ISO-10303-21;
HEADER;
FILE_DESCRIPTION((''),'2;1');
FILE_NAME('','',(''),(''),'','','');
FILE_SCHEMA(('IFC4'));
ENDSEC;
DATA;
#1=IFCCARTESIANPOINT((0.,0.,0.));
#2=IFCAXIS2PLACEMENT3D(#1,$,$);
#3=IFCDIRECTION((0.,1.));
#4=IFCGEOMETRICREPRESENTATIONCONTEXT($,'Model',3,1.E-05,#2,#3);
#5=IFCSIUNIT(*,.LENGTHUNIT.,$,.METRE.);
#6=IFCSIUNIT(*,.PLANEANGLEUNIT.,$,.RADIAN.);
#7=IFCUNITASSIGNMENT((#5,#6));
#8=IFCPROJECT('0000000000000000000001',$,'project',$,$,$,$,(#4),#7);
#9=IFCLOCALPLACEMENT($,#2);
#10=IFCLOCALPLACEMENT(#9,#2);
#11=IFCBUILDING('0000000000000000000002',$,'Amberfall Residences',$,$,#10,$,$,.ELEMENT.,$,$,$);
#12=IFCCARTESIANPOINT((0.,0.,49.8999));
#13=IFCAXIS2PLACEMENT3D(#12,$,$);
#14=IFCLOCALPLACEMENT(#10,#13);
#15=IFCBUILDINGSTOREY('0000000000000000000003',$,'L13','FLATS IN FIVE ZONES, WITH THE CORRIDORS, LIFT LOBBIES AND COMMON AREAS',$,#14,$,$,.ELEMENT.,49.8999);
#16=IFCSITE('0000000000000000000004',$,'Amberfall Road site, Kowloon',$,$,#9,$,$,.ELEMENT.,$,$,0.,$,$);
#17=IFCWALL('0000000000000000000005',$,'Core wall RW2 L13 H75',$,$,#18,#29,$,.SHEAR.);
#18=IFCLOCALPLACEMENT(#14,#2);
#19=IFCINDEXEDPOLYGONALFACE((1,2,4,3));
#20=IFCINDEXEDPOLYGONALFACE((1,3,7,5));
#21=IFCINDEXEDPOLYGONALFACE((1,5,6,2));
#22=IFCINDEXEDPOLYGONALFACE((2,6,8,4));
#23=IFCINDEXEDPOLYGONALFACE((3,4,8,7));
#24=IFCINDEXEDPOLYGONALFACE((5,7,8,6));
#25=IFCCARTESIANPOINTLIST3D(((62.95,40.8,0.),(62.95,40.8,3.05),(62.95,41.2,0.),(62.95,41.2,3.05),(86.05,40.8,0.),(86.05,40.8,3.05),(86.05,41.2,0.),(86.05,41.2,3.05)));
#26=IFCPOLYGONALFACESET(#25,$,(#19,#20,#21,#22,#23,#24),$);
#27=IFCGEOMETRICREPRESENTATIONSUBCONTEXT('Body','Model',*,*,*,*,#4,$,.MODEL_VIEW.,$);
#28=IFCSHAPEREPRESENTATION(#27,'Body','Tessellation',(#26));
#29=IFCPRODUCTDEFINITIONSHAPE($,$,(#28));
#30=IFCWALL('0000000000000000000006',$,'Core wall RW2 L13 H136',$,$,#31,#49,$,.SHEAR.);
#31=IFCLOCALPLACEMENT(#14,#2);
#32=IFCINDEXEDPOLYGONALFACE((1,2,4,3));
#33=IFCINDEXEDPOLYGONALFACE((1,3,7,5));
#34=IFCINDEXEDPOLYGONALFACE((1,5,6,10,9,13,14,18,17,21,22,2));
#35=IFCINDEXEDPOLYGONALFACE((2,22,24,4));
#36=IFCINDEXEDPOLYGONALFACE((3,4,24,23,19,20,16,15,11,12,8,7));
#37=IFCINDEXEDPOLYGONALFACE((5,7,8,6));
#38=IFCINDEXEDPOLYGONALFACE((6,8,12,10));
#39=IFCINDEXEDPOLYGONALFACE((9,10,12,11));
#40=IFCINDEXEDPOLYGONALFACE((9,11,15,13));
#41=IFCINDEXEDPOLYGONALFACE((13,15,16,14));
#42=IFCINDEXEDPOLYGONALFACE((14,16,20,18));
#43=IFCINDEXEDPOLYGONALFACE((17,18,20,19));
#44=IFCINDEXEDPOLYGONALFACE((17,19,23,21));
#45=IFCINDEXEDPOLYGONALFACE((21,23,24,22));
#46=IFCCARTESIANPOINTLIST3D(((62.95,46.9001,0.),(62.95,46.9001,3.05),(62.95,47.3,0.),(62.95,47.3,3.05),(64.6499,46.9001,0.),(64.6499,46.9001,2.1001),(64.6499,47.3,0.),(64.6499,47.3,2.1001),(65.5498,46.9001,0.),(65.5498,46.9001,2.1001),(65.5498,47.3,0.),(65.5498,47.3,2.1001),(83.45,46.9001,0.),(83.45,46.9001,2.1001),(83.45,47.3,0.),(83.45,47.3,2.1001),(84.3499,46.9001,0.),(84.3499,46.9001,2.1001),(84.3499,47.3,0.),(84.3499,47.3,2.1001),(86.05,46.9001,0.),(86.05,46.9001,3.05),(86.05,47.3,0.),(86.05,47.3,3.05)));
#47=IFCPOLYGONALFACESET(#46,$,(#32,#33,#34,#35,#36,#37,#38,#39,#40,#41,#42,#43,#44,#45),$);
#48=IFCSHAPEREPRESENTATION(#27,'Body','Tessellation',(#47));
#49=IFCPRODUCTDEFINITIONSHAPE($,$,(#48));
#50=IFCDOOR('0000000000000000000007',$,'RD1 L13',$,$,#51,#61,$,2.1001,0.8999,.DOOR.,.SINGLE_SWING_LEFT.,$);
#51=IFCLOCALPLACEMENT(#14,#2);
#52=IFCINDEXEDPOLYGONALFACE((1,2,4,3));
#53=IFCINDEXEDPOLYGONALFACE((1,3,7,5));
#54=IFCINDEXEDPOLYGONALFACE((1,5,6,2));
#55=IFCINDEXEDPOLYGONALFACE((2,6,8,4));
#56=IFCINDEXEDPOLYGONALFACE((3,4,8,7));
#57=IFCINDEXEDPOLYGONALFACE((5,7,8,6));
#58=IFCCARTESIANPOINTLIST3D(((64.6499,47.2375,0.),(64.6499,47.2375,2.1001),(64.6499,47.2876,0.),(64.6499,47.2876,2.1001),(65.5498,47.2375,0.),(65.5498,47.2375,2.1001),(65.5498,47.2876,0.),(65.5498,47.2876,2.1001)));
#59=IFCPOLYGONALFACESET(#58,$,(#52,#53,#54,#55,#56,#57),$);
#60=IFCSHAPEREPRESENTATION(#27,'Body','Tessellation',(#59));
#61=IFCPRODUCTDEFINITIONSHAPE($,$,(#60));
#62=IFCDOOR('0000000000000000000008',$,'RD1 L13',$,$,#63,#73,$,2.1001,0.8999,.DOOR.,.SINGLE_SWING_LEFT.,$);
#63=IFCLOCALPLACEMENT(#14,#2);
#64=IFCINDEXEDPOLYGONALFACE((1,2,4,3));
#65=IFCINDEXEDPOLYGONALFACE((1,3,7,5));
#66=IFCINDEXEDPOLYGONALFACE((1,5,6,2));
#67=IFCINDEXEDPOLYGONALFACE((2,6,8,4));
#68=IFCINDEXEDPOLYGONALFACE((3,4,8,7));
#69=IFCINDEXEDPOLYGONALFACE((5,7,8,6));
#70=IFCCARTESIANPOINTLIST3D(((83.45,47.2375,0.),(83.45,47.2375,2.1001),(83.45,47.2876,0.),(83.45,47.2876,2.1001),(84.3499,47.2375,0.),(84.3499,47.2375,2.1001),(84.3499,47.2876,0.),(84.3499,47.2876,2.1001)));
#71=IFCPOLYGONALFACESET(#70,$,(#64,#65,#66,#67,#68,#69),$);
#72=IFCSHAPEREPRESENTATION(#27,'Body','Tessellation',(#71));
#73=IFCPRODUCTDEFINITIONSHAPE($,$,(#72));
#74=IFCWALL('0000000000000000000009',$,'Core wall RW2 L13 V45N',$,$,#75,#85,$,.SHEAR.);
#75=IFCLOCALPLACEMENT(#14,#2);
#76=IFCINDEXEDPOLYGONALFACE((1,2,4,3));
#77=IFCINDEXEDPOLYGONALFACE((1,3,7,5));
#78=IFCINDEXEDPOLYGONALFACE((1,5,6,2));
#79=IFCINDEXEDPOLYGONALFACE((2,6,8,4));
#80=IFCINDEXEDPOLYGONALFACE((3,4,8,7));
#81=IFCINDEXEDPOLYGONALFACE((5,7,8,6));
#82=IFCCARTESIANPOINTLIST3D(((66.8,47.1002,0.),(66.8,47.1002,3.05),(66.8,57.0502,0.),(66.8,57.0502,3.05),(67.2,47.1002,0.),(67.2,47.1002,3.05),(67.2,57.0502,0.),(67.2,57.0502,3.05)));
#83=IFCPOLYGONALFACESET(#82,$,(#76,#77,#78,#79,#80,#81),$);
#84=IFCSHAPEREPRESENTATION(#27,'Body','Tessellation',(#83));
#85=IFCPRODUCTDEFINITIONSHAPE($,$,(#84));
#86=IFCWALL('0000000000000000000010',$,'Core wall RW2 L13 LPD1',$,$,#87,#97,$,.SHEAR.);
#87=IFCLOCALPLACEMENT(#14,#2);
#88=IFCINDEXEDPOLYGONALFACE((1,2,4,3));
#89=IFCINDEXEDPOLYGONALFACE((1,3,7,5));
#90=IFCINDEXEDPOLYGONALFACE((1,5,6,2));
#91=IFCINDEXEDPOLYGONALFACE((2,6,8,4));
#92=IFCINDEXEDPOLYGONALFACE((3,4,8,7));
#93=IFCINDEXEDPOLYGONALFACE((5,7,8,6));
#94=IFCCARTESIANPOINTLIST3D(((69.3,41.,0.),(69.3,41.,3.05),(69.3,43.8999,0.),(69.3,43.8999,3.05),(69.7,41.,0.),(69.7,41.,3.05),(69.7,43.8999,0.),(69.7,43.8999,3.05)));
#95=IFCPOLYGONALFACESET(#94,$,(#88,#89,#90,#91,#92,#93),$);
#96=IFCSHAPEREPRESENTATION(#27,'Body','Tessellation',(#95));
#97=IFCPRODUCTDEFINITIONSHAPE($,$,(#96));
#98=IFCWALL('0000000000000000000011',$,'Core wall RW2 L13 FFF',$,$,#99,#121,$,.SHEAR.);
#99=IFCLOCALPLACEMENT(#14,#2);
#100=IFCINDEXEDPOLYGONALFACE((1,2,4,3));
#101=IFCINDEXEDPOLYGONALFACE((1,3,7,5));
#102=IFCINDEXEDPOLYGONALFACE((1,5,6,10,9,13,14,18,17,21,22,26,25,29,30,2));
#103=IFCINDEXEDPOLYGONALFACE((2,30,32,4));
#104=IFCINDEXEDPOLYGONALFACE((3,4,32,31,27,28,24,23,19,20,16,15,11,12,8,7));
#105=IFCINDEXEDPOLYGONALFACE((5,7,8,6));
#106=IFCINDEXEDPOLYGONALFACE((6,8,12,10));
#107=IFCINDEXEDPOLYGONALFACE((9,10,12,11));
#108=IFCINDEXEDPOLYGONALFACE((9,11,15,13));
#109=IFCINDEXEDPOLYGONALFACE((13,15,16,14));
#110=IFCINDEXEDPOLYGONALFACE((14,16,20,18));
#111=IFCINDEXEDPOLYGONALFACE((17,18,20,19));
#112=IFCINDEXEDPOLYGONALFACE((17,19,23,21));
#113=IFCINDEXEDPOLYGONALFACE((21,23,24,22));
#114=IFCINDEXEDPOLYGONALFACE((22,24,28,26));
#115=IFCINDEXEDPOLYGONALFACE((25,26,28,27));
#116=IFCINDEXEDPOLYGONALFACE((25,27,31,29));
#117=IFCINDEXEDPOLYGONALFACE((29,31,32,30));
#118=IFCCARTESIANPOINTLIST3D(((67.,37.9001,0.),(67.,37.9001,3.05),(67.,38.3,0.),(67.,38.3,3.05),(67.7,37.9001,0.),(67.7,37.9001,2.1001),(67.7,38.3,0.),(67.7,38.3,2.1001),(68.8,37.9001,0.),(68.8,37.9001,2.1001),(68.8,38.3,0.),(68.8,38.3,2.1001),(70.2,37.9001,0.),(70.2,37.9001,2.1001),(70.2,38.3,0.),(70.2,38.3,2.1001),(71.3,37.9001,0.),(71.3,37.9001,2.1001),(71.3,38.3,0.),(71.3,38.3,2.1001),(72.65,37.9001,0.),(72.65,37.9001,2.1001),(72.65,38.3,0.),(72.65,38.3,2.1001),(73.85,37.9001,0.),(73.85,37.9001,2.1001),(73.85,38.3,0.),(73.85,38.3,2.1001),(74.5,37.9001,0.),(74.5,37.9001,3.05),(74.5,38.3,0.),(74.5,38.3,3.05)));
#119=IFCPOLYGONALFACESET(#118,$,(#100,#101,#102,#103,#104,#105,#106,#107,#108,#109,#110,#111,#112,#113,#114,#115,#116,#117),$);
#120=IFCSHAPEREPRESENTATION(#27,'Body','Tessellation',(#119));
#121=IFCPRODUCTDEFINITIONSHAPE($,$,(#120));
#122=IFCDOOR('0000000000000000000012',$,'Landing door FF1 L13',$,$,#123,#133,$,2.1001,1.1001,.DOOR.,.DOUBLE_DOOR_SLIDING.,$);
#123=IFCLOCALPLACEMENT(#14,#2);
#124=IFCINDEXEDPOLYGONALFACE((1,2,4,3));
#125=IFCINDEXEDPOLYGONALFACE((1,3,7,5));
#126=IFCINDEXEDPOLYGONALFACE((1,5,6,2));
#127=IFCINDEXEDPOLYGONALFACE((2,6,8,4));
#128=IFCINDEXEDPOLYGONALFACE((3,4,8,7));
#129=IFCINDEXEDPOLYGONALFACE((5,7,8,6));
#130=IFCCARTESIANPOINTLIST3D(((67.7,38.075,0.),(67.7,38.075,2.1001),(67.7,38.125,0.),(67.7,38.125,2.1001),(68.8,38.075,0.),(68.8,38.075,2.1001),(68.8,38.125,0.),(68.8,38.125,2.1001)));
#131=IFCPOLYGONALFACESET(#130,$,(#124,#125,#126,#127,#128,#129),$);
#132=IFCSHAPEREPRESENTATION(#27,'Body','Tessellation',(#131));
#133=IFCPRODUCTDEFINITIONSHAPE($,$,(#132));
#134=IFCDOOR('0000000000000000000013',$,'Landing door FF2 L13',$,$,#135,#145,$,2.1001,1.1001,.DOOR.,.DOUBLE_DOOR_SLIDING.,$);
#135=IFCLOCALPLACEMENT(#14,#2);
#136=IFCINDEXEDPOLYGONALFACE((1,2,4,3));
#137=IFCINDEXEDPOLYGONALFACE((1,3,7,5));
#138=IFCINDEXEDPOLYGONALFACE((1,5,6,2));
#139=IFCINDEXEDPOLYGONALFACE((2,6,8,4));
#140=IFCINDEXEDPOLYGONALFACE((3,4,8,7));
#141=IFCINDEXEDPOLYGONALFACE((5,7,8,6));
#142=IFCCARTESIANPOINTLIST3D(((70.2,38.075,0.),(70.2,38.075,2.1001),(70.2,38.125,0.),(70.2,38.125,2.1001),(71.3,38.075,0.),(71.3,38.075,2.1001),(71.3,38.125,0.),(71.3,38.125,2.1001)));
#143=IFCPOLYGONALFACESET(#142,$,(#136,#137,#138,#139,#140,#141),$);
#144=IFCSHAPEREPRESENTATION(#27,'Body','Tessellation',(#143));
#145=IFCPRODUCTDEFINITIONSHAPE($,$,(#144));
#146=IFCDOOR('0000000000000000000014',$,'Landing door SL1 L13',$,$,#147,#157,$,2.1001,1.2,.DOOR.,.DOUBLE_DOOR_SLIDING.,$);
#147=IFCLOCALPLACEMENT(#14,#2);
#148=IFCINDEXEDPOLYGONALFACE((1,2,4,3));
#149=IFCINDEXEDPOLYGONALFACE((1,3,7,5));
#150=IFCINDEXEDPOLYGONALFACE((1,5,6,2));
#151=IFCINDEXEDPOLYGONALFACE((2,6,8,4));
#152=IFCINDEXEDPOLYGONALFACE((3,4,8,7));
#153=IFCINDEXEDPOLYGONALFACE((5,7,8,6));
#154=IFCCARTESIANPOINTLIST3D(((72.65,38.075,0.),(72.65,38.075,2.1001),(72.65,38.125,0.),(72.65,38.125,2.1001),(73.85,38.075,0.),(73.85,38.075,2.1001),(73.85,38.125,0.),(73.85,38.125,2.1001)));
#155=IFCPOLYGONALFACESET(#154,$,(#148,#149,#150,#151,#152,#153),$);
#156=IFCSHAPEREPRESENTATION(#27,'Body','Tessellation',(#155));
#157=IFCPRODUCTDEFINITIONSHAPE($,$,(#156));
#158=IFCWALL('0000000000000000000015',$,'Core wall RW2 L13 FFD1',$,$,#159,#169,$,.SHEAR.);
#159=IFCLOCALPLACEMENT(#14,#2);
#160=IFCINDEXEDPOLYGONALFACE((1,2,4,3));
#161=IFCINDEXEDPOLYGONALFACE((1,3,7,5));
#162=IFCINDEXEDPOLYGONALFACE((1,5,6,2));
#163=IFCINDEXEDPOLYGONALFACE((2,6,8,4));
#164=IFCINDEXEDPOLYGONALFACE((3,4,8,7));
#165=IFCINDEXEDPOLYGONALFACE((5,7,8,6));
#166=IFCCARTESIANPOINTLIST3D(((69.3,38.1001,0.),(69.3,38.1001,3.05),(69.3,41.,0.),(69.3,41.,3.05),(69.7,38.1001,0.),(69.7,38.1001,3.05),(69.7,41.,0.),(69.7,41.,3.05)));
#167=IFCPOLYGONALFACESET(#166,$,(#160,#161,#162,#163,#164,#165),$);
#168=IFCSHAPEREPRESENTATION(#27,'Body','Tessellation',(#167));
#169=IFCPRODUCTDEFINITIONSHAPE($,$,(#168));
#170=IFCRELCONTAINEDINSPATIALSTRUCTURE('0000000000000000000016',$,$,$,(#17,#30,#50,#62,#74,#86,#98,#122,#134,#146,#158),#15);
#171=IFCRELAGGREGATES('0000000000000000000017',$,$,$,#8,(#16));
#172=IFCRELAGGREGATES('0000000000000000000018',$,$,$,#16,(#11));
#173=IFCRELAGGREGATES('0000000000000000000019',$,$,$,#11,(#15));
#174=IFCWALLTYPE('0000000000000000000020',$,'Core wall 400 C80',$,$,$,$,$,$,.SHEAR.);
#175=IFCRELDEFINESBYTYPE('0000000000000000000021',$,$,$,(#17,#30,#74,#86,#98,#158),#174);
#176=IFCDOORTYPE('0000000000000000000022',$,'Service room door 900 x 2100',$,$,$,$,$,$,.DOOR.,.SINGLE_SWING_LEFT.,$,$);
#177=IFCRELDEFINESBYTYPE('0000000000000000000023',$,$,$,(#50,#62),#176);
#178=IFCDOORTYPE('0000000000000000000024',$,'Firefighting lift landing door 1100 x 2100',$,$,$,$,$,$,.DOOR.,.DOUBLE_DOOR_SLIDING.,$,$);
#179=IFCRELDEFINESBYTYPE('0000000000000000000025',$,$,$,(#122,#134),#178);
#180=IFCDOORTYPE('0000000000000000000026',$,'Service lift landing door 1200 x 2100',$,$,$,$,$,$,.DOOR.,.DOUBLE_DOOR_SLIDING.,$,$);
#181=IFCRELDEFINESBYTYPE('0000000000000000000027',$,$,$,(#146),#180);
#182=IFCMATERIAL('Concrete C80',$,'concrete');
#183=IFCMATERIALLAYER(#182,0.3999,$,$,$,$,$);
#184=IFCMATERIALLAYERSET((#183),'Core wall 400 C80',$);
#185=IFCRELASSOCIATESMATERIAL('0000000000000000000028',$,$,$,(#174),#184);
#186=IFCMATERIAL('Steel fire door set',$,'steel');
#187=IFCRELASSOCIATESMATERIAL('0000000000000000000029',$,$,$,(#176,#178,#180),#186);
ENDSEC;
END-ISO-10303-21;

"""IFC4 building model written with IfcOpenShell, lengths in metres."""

from ifc_helpers import new_model, si_unit, direction, frame, frame_2d, origin, place, context, subcontext, project, spatial, rectangle, extrude, material, layer, layer_set, type_object, element, fill, save


model = new_model("IFC4")

# Units and contexts
model_context = context("Model", 3, precision=1e-05, world=origin(), true_north=direction((0.0, 1.0)))
body_context = subcontext(model_context, "Body", "Model", "MODEL_VIEW")
ifc_project = project(units=[si_unit("LENGTHUNIT", "METRE"), si_unit("PLANEANGLEUNIT", "RADIAN")], contexts=[model_context])

# Site, building, storey
site_placement = place(None, origin())
site = spatial("IfcSite", under=ifc_project, at=site_placement, Name="Amberfall Road site, Kowloon", CompositionType="ELEMENT", RefElevation=0.0)
building_placement = place(site_placement, origin())
building = spatial("IfcBuilding", under=site, at=building_placement, Name="Amberfall Residences", CompositionType="ELEMENT")
storey_placement = place(building_placement, frame((0.0, 0.0, 49.8999)))
storey = spatial("IfcBuildingStorey", under=building, at=storey_placement, Name="L13", Description="FLATS IN FIVE ZONES, WITH THE CORRIDORS, LIFT LOBBIES AND COMMON AREAS", CompositionType="ELEMENT", Elevation=49.8999)

# Wall
ifc_material_1 = material(Name="Concrete C80", Category="concrete")
ifc_layer_1 = layer(ifc_material_1, 0.3999)
ifc_layer_set_1 = layer_set([ifc_layer_1], Name="Core wall 400 C80")
wall_type_1 = type_object("IfcWallType", Name="Core wall 400 C80", PredefinedType="SHEAR", material=ifc_layer_set_1)
wall_1_placement = place(storey_placement, frame((62.95, 41.0, 0.0), z_axis=(0.0, 0.0, 1.0), x_axis=(1.0, 0.0, 0.0)))
element("IfcWall", 1, at=wall_1_placement, inside=storey, type_object=wall_type_1, Name="Core wall RW2 L13 H75", PredefinedType="SHEAR", context=body_context, shape_type="SweptSolid", body=[
    extrude(rectangle(XDim=23.1001, YDim=0.3999, at=frame_2d((11.55, 0.0))), origin(), (0.0, 0.0, 1.0), 3.05),
])

# Wall, openings, doors
ifc_material_2 = material(Name="Steel fire door set", Category="steel")
door_type_1 = type_object("IfcDoorType", Name="Service room door 900 x 2100", OperationType="SINGLE_SWING_LEFT", PredefinedType="DOOR", material=ifc_material_2)
wall_2_placement = place(storey_placement, frame((62.95, 47.1001, 0.0), z_axis=(0.0, 0.0, 1.0), x_axis=(1.0, 0.0, 0.0)))
wall_2 = element("IfcWall", 2, at=wall_2_placement, inside=storey, type_object=wall_type_1, Name="Core wall RW2 L13 H136", PredefinedType="SHEAR", context=body_context, shape_type="SweptSolid", body=[
    extrude(rectangle(XDim=23.1001, YDim=0.3999, at=frame_2d((11.55, 0.0))), origin(), (0.0, 0.0, 1.0), 3.05),
])
opening_1_placement = place(wall_2_placement, frame((1.7, 0.0, 0.0)))
opening_1 = element("IfcOpeningElement", 3, at=opening_1_placement, cuts=wall_2, PredefinedType="OPENING", context=body_context, shape_type="SweptSolid", body=[
    extrude(rectangle(XDim=0.8999, YDim=2.1001, at=frame_2d((0.45, 1.05))), frame((0.0, 0.21, 0.0), z_axis=(0.0, -1.0, 0.0), x_axis=(1.0, 0.0, 0.0)), (0.0, 0.0, 1.0), 0.4199),
])
opening_2_placement = place(wall_2_placement, frame((20.5, 0.0, 0.0)))
opening_2 = element("IfcOpeningElement", 4, at=opening_2_placement, cuts=wall_2, PredefinedType="OPENING", context=body_context, shape_type="SweptSolid", body=[
    extrude(rectangle(XDim=0.8999, YDim=2.1001, at=frame_2d((0.45, 1.05))), frame((0.0, 0.21, 0.0), z_axis=(0.0, -1.0, 0.0), x_axis=(1.0, 0.0, 0.0)), (0.0, 0.0, 1.0), 0.4199),
])
door_1_placement = place(opening_1_placement, origin())
door_1 = element("IfcDoor", 5, at=door_1_placement, inside=storey, type_object=door_type_1, Name="RD1 L13", OperationType="SINGLE_SWING_LEFT", OverallHeight=2.1001, OverallWidth=0.8999, PredefinedType="DOOR", context=body_context, shape_type="SweptSolid", body=[
    extrude(rectangle(XDim=0.8999, YDim=2.1001, at=frame_2d((0.45, 1.05))), frame((0.0, 0.1875, 0.0), z_axis=(0.0, -1.0, 0.0), x_axis=(1.0, 0.0, 0.0)), (0.0, 0.0, 1.0), 0.05),
])
fill(opening_1, door_1)
door_2_placement = place(opening_2_placement, origin())
door_2 = element("IfcDoor", 6, at=door_2_placement, inside=storey, type_object=door_type_1, Name="RD1 L13", OperationType="SINGLE_SWING_LEFT", OverallHeight=2.1001, OverallWidth=0.8999, PredefinedType="DOOR", context=body_context, shape_type="SweptSolid", body=[
    extrude(rectangle(XDim=0.8999, YDim=2.1001, at=frame_2d((0.45, 1.05))), frame((0.0, 0.1875, 0.0), z_axis=(0.0, -1.0, 0.0), x_axis=(1.0, 0.0, 0.0)), (0.0, 0.0, 1.0), 0.05),
])
fill(opening_2, door_2)

# Walls
wall_3_placement = place(storey_placement, frame((67.0, 47.1001, 0.0), z_axis=(0.0, 0.0, 1.0), x_axis=(0.0, 1.0, 0.0)))
element("IfcWall", 7, at=wall_3_placement, inside=storey, type_object=wall_type_1, Name="Core wall RW2 L13 V45N", PredefinedType="SHEAR", context=body_context, shape_type="SweptSolid", body=[
    extrude(rectangle(XDim=9.95, YDim=0.3999, at=frame_2d((4.9751, 0.0))), origin(), (0.0, 0.0, 1.0), 3.05),
])
wall_4_placement = place(storey_placement, frame((69.5, 41.0, 0.0), z_axis=(0.0, 0.0, 1.0), x_axis=(0.0, 1.0, 0.0)))
element("IfcWall", 8, at=wall_4_placement, inside=storey, type_object=wall_type_1, Name="Core wall RW2 L13 LPD1", PredefinedType="SHEAR", context=body_context, shape_type="SweptSolid", body=[
    extrude(rectangle(XDim=2.8999, YDim=0.3999, at=frame_2d((1.45, 0.0))), origin(), (0.0, 0.0, 1.0), 3.05),
])

# Wall, openings, doors
wall_5_placement = place(storey_placement, frame((67.0, 38.1001, 0.0), z_axis=(0.0, 0.0, 1.0), x_axis=(1.0, 0.0, 0.0)))
wall_5 = element("IfcWall", 9, at=wall_5_placement, inside=storey, type_object=wall_type_1, Name="Core wall RW2 L13 FFF", PredefinedType="SHEAR", context=body_context, shape_type="SweptSolid", body=[
    extrude(rectangle(XDim=7.5, YDim=0.3999, at=frame_2d((3.75, 0.0))), origin(), (0.0, 0.0, 1.0), 3.05),
])
opening_3_placement = place(wall_5_placement, frame((0.7, 0.0, 0.0)))
opening_3 = element("IfcOpeningElement", 10, at=opening_3_placement, cuts=wall_5, PredefinedType="OPENING", context=body_context, shape_type="SweptSolid", body=[
    extrude(rectangle(XDim=1.1001, YDim=2.1001, at=frame_2d((0.55, 1.05))), frame((0.0, 0.21, 0.0), z_axis=(0.0, -1.0, 0.0), x_axis=(1.0, 0.0, 0.0)), (0.0, 0.0, 1.0), 0.4199),
])
opening_4_placement = place(wall_5_placement, frame((3.2, 0.0, 0.0)))
opening_4 = element("IfcOpeningElement", 11, at=opening_4_placement, cuts=wall_5, PredefinedType="OPENING", context=body_context, shape_type="SweptSolid", body=[
    extrude(rectangle(XDim=1.1001, YDim=2.1001, at=frame_2d((0.55, 1.05))), frame((0.0, 0.21, 0.0), z_axis=(0.0, -1.0, 0.0), x_axis=(1.0, 0.0, 0.0)), (0.0, 0.0, 1.0), 0.4199),
])
opening_5_placement = place(wall_5_placement, frame((5.6499, 0.0, 0.0)))
opening_5 = element("IfcOpeningElement", 12, at=opening_5_placement, cuts=wall_5, PredefinedType="OPENING", context=body_context, shape_type="SweptSolid", body=[
    extrude(rectangle(XDim=1.2, YDim=2.1001, at=frame_2d((0.6001, 1.05))), frame((0.0, 0.21, 0.0), z_axis=(0.0, -1.0, 0.0), x_axis=(1.0, 0.0, 0.0)), (0.0, 0.0, 1.0), 0.4199),
])
door_type_2 = type_object("IfcDoorType", Name="Firefighting lift landing door 1100 x 2100", OperationType="DOUBLE_DOOR_SLIDING", PredefinedType="DOOR", material=ifc_material_2)
door_3_placement = place(opening_3_placement, origin())
door_3 = element("IfcDoor", 13, at=door_3_placement, inside=storey, type_object=door_type_2, Name="Landing door FF1 L13", OperationType="DOUBLE_DOOR_SLIDING", OverallHeight=2.1001, OverallWidth=1.1001, PredefinedType="DOOR", context=body_context, shape_type="SweptSolid", body=[
    extrude(rectangle(XDim=1.1001, YDim=2.1001, at=frame_2d((0.55, 1.05))), frame((0.0, 0.0249, 0.0), z_axis=(0.0, -1.0, 0.0), x_axis=(1.0, 0.0, 0.0)), (0.0, 0.0, 1.0), 0.05),
])
fill(opening_3, door_3)
door_4_placement = place(opening_4_placement, origin())
door_4 = element("IfcDoor", 14, at=door_4_placement, inside=storey, type_object=door_type_2, Name="Landing door FF2 L13", OperationType="DOUBLE_DOOR_SLIDING", OverallHeight=2.1001, OverallWidth=1.1001, PredefinedType="DOOR", context=body_context, shape_type="SweptSolid", body=[
    extrude(rectangle(XDim=1.1001, YDim=2.1001, at=frame_2d((0.55, 1.05))), frame((0.0, 0.0249, 0.0), z_axis=(0.0, -1.0, 0.0), x_axis=(1.0, 0.0, 0.0)), (0.0, 0.0, 1.0), 0.05),
])
fill(opening_4, door_4)
door_type_3 = type_object("IfcDoorType", Name="Service lift landing door 1200 x 2100", OperationType="DOUBLE_DOOR_SLIDING", PredefinedType="DOOR", material=ifc_material_2)
door_5_placement = place(opening_5_placement, origin())
door_5 = element("IfcDoor", 15, at=door_5_placement, inside=storey, type_object=door_type_3, Name="Landing door SL1 L13", OperationType="DOUBLE_DOOR_SLIDING", OverallHeight=2.1001, OverallWidth=1.2, PredefinedType="DOOR", context=body_context, shape_type="SweptSolid", body=[
    extrude(rectangle(XDim=1.2, YDim=2.1001, at=frame_2d((0.6001, 1.05))), frame((0.0, 0.0249, 0.0), z_axis=(0.0, -1.0, 0.0), x_axis=(1.0, 0.0, 0.0)), (0.0, 0.0, 1.0), 0.05),
])
fill(opening_5, door_5)

# Wall
wall_6_placement = place(storey_placement, frame((69.5, 38.1001, 0.0), z_axis=(0.0, 0.0, 1.0), x_axis=(0.0, 1.0, 0.0)))
element("IfcWall", 16, at=wall_6_placement, inside=storey, type_object=wall_type_1, Name="Core wall RW2 L13 FFD1", PredefinedType="SHEAR", context=body_context, shape_type="SweptSolid", body=[
    extrude(rectangle(XDim=2.8999, YDim=0.3999, at=frame_2d((1.45, 0.0))), origin(), (0.0, 0.0, 1.0), 3.05),
])

save(model, "model.ifc")
